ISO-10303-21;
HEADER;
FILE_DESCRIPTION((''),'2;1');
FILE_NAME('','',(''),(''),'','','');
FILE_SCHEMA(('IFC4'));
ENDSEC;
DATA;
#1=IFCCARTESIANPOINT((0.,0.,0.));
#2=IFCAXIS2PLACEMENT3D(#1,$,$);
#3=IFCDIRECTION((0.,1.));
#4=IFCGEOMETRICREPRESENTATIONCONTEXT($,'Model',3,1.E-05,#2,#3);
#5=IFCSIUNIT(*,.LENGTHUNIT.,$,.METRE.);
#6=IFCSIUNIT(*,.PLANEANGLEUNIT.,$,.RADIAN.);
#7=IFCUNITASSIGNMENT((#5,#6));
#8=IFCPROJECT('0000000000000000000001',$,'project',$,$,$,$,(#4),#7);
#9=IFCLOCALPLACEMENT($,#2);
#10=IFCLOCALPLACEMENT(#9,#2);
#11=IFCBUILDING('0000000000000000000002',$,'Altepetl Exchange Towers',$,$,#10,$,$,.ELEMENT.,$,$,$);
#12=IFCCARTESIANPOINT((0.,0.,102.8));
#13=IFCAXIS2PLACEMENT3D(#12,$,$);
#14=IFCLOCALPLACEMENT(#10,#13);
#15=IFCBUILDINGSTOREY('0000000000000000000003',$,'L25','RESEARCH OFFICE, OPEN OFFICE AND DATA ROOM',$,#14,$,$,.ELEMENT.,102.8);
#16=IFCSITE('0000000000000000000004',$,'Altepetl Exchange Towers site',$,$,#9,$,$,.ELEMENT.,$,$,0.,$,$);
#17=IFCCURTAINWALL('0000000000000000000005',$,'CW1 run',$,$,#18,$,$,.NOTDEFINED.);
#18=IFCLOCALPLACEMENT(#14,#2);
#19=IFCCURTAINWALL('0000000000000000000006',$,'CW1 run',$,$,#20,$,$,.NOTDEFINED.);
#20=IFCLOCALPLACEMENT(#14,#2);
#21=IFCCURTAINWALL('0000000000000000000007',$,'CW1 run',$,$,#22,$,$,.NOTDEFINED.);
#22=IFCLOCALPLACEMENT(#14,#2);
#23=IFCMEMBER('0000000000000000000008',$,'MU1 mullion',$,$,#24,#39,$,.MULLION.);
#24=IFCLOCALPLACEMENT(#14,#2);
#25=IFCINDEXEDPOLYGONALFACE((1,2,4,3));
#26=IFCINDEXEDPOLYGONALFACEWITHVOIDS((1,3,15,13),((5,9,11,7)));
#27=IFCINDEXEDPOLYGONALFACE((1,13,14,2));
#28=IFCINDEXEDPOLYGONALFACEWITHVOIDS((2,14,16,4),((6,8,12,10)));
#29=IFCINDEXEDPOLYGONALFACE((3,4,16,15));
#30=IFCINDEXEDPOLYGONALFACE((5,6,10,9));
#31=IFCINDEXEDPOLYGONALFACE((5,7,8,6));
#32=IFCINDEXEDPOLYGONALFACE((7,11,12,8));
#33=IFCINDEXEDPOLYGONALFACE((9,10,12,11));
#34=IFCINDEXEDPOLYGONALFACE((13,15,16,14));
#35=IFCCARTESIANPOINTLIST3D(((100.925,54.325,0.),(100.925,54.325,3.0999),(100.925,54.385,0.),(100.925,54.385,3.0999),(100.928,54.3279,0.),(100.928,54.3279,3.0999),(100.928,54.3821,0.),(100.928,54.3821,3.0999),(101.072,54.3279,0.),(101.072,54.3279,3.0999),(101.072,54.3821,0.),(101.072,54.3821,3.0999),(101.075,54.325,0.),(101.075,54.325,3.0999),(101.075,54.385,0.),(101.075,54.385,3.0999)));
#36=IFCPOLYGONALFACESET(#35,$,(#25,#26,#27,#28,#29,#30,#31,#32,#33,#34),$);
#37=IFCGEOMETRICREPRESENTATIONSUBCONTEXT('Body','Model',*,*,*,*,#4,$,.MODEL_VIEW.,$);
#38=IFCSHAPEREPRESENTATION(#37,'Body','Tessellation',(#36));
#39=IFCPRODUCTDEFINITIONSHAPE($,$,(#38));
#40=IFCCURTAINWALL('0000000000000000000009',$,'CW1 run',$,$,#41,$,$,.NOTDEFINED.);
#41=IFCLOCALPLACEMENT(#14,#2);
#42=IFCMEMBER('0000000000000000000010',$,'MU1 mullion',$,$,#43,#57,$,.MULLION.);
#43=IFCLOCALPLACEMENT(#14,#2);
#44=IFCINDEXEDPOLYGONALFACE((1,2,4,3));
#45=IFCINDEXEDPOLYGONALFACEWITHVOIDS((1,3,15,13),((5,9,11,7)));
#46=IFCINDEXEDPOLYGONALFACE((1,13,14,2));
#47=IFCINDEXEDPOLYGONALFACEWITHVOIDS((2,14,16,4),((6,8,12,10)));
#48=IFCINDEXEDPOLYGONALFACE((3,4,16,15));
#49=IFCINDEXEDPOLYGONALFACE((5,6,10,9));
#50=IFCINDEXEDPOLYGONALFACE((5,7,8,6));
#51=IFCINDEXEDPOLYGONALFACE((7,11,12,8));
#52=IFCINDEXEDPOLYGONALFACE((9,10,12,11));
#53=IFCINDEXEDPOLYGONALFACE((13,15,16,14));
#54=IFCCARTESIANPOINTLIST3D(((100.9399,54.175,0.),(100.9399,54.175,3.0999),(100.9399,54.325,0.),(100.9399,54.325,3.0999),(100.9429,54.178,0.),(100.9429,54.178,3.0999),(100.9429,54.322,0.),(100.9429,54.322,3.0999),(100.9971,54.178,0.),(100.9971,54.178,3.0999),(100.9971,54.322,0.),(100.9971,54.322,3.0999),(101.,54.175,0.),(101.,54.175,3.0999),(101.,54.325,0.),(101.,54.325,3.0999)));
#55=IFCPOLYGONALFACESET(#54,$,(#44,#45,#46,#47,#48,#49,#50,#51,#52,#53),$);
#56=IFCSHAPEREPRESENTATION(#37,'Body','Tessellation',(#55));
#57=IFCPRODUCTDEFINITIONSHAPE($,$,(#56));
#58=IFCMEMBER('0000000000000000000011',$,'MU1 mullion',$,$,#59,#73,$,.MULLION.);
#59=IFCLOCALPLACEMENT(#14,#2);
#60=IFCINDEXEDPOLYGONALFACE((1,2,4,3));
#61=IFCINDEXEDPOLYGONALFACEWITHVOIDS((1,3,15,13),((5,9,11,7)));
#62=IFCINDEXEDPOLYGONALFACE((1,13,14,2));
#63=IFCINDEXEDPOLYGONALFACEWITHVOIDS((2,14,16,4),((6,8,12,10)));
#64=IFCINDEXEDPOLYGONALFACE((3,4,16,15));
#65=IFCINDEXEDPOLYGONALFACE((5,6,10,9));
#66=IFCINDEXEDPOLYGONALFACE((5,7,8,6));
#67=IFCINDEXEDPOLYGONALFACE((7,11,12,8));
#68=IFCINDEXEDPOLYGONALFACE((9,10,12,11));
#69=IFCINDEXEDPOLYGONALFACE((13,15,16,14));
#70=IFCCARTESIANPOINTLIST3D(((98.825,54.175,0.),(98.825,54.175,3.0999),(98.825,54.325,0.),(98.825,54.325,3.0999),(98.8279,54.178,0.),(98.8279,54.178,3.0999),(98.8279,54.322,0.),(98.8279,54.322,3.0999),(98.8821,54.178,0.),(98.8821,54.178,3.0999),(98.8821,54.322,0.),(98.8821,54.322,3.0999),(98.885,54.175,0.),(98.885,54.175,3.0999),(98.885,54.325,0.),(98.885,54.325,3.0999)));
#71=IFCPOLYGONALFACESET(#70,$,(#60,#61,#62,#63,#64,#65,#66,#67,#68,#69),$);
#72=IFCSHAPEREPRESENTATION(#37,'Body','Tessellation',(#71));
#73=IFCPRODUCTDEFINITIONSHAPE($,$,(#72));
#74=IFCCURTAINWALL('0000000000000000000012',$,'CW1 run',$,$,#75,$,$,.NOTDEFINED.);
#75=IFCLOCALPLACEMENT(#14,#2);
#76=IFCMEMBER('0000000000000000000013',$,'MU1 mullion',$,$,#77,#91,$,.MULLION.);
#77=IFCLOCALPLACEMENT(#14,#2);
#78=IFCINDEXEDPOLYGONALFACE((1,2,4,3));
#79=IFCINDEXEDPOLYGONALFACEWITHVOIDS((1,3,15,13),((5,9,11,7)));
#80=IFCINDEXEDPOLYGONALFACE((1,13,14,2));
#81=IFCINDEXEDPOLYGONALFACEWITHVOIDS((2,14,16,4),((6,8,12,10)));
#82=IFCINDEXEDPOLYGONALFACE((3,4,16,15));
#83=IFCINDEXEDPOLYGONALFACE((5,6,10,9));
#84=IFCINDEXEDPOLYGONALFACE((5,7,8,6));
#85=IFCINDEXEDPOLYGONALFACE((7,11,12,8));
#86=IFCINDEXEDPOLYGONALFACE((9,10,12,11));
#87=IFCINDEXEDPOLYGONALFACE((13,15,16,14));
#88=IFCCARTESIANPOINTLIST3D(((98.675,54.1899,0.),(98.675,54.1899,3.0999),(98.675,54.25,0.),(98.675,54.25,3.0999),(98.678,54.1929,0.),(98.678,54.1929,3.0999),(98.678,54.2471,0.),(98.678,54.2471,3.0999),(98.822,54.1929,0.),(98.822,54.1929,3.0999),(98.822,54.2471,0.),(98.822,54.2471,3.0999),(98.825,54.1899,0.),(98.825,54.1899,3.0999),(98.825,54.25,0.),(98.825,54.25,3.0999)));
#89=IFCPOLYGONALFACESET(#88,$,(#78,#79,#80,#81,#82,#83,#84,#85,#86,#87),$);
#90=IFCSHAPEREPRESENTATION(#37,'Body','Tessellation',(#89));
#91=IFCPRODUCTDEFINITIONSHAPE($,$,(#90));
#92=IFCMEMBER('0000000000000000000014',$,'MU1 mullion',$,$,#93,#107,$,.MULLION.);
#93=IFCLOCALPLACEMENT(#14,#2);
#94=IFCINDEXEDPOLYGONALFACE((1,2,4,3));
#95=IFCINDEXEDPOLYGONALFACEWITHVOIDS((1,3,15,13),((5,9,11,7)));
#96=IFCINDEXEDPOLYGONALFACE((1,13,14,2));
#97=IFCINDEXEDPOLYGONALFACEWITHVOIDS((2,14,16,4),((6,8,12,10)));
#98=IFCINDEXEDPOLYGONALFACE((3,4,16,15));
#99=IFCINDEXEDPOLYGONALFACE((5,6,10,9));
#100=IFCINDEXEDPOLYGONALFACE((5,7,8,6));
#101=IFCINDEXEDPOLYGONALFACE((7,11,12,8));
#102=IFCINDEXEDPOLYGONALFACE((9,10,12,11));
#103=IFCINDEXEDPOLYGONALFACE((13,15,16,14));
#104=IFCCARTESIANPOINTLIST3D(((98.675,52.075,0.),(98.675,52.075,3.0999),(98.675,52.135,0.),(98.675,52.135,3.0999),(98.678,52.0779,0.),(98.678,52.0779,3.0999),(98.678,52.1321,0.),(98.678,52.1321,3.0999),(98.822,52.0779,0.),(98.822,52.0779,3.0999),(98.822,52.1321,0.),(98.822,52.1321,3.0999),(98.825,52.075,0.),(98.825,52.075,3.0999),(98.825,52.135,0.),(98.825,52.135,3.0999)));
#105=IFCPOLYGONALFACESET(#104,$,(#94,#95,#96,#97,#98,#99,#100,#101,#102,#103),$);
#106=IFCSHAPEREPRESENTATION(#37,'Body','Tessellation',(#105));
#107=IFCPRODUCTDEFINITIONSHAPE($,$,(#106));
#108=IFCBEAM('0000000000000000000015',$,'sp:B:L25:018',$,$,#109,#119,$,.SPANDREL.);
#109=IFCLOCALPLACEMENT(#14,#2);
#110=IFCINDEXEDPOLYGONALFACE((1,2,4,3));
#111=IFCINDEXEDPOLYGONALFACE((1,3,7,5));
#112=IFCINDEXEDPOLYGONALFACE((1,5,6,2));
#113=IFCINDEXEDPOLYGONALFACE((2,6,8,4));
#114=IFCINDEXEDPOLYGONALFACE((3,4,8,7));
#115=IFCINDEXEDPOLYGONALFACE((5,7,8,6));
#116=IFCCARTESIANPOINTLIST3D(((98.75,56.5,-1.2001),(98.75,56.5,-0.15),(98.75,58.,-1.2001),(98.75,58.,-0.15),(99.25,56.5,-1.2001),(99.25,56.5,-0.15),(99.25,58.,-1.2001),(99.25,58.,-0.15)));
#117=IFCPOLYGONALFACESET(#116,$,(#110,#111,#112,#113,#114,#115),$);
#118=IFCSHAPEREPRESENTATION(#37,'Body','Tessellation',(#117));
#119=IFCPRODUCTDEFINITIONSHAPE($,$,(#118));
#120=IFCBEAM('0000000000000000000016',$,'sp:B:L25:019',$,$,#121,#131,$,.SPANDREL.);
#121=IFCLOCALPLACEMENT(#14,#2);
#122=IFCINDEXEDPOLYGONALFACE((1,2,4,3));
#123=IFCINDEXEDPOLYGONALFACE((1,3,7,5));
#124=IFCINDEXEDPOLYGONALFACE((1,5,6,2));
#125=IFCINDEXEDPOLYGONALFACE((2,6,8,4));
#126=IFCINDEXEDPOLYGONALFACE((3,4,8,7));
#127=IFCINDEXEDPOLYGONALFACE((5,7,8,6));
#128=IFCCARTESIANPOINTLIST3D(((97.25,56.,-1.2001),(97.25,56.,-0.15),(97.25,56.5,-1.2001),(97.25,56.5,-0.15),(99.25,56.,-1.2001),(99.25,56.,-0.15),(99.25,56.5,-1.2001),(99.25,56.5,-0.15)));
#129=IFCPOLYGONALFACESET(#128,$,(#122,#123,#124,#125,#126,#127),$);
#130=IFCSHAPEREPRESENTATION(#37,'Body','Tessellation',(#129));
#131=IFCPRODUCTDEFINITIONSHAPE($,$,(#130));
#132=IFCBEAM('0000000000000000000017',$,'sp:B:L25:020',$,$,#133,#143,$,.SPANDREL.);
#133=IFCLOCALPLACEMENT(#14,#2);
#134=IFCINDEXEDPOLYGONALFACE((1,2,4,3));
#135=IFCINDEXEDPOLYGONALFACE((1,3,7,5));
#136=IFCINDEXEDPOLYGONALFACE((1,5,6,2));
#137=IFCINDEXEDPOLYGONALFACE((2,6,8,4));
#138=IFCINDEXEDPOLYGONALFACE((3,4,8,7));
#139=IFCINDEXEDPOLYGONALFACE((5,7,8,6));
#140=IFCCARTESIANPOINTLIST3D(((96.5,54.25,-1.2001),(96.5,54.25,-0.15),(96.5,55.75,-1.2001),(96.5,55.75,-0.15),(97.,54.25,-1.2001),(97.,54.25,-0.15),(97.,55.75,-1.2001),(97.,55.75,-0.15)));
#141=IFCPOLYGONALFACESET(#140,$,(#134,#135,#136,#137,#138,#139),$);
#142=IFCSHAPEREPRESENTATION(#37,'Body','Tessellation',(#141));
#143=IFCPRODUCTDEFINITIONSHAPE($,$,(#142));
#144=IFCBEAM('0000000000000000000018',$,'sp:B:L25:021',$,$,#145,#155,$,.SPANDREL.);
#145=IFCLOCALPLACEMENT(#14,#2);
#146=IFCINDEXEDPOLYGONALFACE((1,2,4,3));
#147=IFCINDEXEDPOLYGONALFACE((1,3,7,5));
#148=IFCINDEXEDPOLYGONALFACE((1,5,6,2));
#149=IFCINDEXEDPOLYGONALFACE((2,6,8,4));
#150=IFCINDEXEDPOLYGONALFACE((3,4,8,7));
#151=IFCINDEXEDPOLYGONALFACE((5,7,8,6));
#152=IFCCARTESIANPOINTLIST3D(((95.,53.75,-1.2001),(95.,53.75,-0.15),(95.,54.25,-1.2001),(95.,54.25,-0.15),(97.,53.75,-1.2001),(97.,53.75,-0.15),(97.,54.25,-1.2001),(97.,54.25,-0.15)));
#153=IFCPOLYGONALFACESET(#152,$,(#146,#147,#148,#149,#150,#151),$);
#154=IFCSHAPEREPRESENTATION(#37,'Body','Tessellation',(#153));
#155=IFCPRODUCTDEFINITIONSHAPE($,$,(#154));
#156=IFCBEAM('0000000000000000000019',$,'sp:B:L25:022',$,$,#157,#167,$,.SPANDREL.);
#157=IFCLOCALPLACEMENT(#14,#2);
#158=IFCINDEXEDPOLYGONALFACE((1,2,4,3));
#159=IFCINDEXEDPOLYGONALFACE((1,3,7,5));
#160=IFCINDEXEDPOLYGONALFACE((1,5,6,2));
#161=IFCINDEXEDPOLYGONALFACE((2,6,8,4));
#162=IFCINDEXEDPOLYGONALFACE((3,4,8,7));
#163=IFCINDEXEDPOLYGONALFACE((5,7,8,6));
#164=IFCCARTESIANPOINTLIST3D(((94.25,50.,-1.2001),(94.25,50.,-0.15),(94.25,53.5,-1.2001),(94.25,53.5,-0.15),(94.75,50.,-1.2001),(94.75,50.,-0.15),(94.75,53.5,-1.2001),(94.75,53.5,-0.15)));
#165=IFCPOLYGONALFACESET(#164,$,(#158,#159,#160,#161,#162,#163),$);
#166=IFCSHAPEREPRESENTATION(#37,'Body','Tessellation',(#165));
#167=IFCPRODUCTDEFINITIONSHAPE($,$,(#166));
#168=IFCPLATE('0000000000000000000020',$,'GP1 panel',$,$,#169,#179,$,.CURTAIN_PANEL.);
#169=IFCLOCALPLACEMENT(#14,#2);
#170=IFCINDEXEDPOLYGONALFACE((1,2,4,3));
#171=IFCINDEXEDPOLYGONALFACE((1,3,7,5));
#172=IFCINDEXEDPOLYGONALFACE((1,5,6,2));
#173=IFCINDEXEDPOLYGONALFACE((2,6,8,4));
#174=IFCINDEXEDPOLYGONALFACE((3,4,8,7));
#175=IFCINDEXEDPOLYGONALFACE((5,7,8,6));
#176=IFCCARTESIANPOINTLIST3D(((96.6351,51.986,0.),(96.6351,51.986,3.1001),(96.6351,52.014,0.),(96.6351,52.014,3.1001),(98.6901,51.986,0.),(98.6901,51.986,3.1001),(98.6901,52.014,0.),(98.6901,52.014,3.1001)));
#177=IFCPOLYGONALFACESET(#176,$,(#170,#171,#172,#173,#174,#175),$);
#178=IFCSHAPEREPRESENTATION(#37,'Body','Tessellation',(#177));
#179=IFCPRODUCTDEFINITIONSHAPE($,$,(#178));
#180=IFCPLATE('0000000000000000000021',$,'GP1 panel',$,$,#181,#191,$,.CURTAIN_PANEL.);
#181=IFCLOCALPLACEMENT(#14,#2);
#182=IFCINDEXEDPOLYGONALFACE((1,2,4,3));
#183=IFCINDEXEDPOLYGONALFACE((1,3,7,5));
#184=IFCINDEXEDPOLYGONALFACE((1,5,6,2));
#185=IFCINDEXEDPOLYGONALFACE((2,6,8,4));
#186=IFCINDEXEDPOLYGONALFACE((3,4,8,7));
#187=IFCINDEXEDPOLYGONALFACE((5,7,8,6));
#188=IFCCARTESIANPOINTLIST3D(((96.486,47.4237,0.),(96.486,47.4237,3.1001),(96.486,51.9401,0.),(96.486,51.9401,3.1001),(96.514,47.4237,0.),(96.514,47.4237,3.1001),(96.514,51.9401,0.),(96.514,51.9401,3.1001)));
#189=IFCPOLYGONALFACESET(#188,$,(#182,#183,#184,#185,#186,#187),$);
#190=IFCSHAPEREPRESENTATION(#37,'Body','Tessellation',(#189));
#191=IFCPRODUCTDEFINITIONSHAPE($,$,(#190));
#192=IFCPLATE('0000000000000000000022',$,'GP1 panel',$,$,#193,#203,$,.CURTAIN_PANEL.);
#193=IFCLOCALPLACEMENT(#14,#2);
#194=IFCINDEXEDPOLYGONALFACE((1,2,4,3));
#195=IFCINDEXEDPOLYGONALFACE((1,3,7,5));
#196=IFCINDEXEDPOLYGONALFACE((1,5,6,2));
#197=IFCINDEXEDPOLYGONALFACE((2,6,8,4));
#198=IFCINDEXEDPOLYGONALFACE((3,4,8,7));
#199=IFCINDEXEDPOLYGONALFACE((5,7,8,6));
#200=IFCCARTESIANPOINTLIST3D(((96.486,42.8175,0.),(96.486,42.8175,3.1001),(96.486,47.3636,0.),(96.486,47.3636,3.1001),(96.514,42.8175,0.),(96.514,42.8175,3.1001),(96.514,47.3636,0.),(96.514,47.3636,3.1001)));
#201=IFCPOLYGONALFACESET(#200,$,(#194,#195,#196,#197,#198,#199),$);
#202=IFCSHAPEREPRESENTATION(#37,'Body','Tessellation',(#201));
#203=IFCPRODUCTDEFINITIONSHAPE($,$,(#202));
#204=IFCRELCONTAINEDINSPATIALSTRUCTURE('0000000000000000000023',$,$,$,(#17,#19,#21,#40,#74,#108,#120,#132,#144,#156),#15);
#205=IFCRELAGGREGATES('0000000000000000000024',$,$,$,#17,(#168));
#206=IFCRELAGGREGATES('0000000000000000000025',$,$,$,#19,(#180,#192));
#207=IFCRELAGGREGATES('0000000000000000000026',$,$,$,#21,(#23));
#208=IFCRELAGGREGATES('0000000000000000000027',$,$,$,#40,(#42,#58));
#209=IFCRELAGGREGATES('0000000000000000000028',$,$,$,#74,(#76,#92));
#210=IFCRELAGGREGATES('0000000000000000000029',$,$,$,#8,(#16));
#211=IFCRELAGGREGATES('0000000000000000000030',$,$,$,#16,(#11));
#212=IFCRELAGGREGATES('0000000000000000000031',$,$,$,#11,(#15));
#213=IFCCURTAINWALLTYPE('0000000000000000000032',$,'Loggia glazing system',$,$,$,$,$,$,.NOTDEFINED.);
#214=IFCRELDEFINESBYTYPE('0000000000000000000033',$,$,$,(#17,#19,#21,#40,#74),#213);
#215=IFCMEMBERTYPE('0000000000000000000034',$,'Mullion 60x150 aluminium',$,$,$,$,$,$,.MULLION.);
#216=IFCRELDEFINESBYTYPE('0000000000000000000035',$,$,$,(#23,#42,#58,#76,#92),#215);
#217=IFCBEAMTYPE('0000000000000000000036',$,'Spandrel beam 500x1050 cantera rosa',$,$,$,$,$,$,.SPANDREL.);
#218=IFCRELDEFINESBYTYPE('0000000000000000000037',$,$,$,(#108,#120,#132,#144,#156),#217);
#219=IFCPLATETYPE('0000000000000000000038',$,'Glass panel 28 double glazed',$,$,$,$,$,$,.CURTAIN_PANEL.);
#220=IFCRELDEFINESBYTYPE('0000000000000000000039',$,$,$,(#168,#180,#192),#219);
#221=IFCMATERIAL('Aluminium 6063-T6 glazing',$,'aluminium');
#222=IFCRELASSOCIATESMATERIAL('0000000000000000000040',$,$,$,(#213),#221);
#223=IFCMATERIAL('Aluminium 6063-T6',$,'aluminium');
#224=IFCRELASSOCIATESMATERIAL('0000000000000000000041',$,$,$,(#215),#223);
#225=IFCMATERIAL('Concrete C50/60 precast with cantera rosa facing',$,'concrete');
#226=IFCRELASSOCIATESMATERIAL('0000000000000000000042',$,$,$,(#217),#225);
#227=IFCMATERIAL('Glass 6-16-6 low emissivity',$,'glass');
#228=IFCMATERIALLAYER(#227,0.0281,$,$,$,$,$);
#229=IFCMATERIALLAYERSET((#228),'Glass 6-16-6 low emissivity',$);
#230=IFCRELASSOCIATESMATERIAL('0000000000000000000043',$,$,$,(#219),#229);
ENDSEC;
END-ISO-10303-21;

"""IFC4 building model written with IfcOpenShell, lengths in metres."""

from ifc_helpers import new_model, si_unit, direction, frame, origin, origin_2d, place, context, subcontext, project, spatial, rectangle, hollow_rectangle, extrude, material, layer, layer_set, material_profile, profile_set, type_object, element, aggregate, save


model = new_model("IFC4")

# Units and contexts
model_context = context("Model", 3, precision=1e-05, world=origin(), true_north=direction((0.0, 1.0)))
body_context = subcontext(model_context, "Body", "Model", "MODEL_VIEW")
ifc_project = project(units=[si_unit("LENGTHUNIT", "METRE"), si_unit("PLANEANGLEUNIT", "RADIAN")], contexts=[model_context])

# Site, building, storey
site_placement = place(None, origin())
site = spatial("IfcSite", under=ifc_project, at=site_placement, Name="Altepetl Exchange Towers site", CompositionType="ELEMENT", RefElevation=0.0)
building_placement = place(site_placement, origin())
building = spatial("IfcBuilding", under=site, at=building_placement, Name="Altepetl Exchange Towers", CompositionType="ELEMENT")
storey_placement = place(building_placement, frame((0.0, 0.0, 102.8)))
storey = spatial("IfcBuildingStorey", under=building, at=storey_placement, Name="L25", Description="RESEARCH OFFICE, OPEN OFFICE AND DATA ROOM", CompositionType="ELEMENT", Elevation=102.8)

# Curtain walls, members
ifc_material_1 = material(Name="Aluminium 6063-T6 glazing", Category="aluminium")
curtain_wall_type = type_object("IfcCurtainWallType", Name="Loggia glazing system", PredefinedType="NOTDEFINED", material=ifc_material_1)
curtain_wall_1_placement = place(storey_placement, origin())
curtain_wall_1 = element("IfcCurtainWall", 1, at=curtain_wall_1_placement, inside=storey, type_object=curtain_wall_type, Name="CW1 run", PredefinedType="NOTDEFINED")
ifc_material_2 = material(Name="Aluminium 6063-T6", Category="aluminium")
ifc_material_profile_1 = material_profile(ifc_material_2, hollow_rectangle(XDim=0.0601, YDim=0.1499, WallThickness=0.0029, at=origin_2d()), Name="Mullion 60x150 aluminium")
ifc_profile_set_1 = profile_set([ifc_material_profile_1], Name="Aluminium 6063-T6")
member_type = type_object("IfcMemberType", Name="Mullion 60x150 aluminium", PredefinedType="MULLION", material=ifc_profile_set_1)
curtain_wall_2_placement = place(storey_placement, origin())
curtain_wall_2 = element("IfcCurtainWall", 2, at=curtain_wall_2_placement, inside=storey, type_object=curtain_wall_type, Name="CW1 run", PredefinedType="NOTDEFINED")
curtain_wall_3_placement = place(storey_placement, origin())
curtain_wall_3 = element("IfcCurtainWall", 3, at=curtain_wall_3_placement, inside=storey, type_object=curtain_wall_type, Name="CW1 run", PredefinedType="NOTDEFINED")
member_1_placement = place(storey_placement, frame((101.0, 54.355, 0.0), z_axis=(0.0, 0.0, 1.0), x_axis=(0.0, -1.0, 0.0)))
member_1 = element("IfcMember", 4, at=member_1_placement, type_object=member_type, Name="MU1 mullion", PredefinedType="MULLION", context=body_context, shape_type="SweptSolid", body=[
    extrude(hollow_rectangle(XDim=0.0601, YDim=0.1499, WallThickness=0.0029, at=origin_2d()), origin(), (0.0, 0.0, 1.0), 3.0999),
])
curtain_wall_4_placement = place(storey_placement, origin())
curtain_wall_4 = element("IfcCurtainWall", 5, at=curtain_wall_4_placement, inside=storey, type_object=curtain_wall_type, Name="CW1 run", PredefinedType="NOTDEFINED")
member_2_placement = place(storey_placement, frame((100.97, 54.25, 0.0), z_axis=(0.0, 0.0, 1.0), x_axis=(-1.0, 0.0, 0.0)))
member_2 = element("IfcMember", 6, at=member_2_placement, type_object=member_type, Name="MU1 mullion", PredefinedType="MULLION", context=body_context, shape_type="SweptSolid", body=[
    extrude(hollow_rectangle(XDim=0.0601, YDim=0.1499, WallThickness=0.0029, at=origin_2d()), origin(), (0.0, 0.0, 1.0), 3.0999),
])
member_3_placement = place(storey_placement, frame((98.855, 54.25, 0.0), z_axis=(0.0, 0.0, 1.0), x_axis=(-1.0, 0.0, 0.0)))
member_3 = element("IfcMember", 7, at=member_3_placement, type_object=member_type, Name="MU1 mullion", PredefinedType="MULLION", context=body_context, shape_type="SweptSolid", body=[
    extrude(hollow_rectangle(XDim=0.0601, YDim=0.1499, WallThickness=0.0029, at=origin_2d()), origin(), (0.0, 0.0, 1.0), 3.0999),
])
curtain_wall_5_placement = place(storey_placement, origin())
curtain_wall_5 = element("IfcCurtainWall", 8, at=curtain_wall_5_placement, inside=storey, type_object=curtain_wall_type, Name="CW1 run", PredefinedType="NOTDEFINED")
member_4_placement = place(storey_placement, frame((98.75, 54.22, 0.0), z_axis=(0.0, 0.0, 1.0), x_axis=(0.0, -1.0, 0.0)))
member_4 = element("IfcMember", 9, at=member_4_placement, type_object=member_type, Name="MU1 mullion", PredefinedType="MULLION", context=body_context, shape_type="SweptSolid", body=[
    extrude(hollow_rectangle(XDim=0.0601, YDim=0.1499, WallThickness=0.0029, at=origin_2d()), origin(), (0.0, 0.0, 1.0), 3.0999),
])
member_5_placement = place(storey_placement, frame((98.75, 52.105, 0.0), z_axis=(0.0, 0.0, 1.0), x_axis=(0.0, -1.0, 0.0)))
member_5 = element("IfcMember", 10, at=member_5_placement, type_object=member_type, Name="MU1 mullion", PredefinedType="MULLION", context=body_context, shape_type="SweptSolid", body=[
    extrude(hollow_rectangle(XDim=0.0601, YDim=0.1499, WallThickness=0.0029, at=origin_2d()), origin(), (0.0, 0.0, 1.0), 3.0999),
])

# Beams
ifc_material_3 = material(Name="Concrete C50/60 precast with cantera rosa facing", Category="concrete")
ifc_material_profile_2 = material_profile(ifc_material_3, rectangle(XDim=0.5, YDim=1.05, at=origin_2d()), Name="500 x 1050")
ifc_profile_set_2 = profile_set([ifc_material_profile_2], Name="Concrete C50/60 precast with cantera rosa facing")
beam_type_1 = type_object("IfcBeamType", Name="Spandrel beam 500x1050 cantera rosa", PredefinedType="SPANDREL", material=ifc_profile_set_2)
beam_1_placement = place(storey_placement, frame((99.0, 58.0, -0.675), z_axis=(0.0, -1.0, 0.0), x_axis=(1.0, 0.0, 0.0)))
element("IfcBeam", 11, at=beam_1_placement, inside=storey, type_object=beam_type_1, Name="sp:B:L25:018", PredefinedType="SPANDREL", context=body_context, shape_type="SweptSolid", body=[
    extrude(rectangle(XDim=0.5, YDim=1.05, at=origin_2d()), origin(), (0.0, 0.0, 1.0), 1.5),
])
beam_2_placement = place(storey_placement, frame((99.25, 56.25, -0.675), z_axis=(-1.0, 0.0, 0.0), x_axis=(0.0, -1.0, 0.0)))
element("IfcBeam", 12, at=beam_2_placement, inside=storey, type_object=beam_type_1, Name="sp:B:L25:019", PredefinedType="SPANDREL", context=body_context, shape_type="SweptSolid", body=[
    extrude(rectangle(XDim=0.5, YDim=1.05, at=origin_2d()), origin(), (0.0, 0.0, 1.0), 2.0),
])
beam_3_placement = place(storey_placement, frame((96.75, 55.75, -0.675), z_axis=(0.0, -1.0, 0.0), x_axis=(1.0, 0.0, 0.0)))
element("IfcBeam", 13, at=beam_3_placement, inside=storey, type_object=beam_type_1, Name="sp:B:L25:020", PredefinedType="SPANDREL", context=body_context, shape_type="SweptSolid", body=[
    extrude(rectangle(XDim=0.5, YDim=1.05, at=origin_2d()), origin(), (0.0, 0.0, 1.0), 1.5),
])
beam_4_placement = place(storey_placement, frame((97.0, 54.0, -0.675), z_axis=(-1.0, 0.0, 0.0), x_axis=(0.0, -1.0, 0.0)))
element("IfcBeam", 14, at=beam_4_placement, inside=storey, type_object=beam_type_1, Name="sp:B:L25:021", PredefinedType="SPANDREL", context=body_context, shape_type="SweptSolid", body=[
    extrude(rectangle(XDim=0.5, YDim=1.05, at=origin_2d()), origin(), (0.0, 0.0, 1.0), 2.0),
])
beam_5_placement = place(storey_placement, frame((94.5, 53.5, -0.675), z_axis=(0.0, -1.0, 0.0), x_axis=(1.0, 0.0, 0.0)))
element("IfcBeam", 15, at=beam_5_placement, inside=storey, type_object=beam_type_1, Name="sp:B:L25:022", PredefinedType="SPANDREL", context=body_context, shape_type="SweptSolid", body=[
    extrude(rectangle(XDim=0.5, YDim=1.05, at=origin_2d()), origin(), (0.0, 0.0, 1.0), 3.5),
])

# Plates
ifc_material_4 = material(Name="Glass 6-16-6 low emissivity", Category="glass")
ifc_layer_1 = layer(ifc_material_4, 0.0281)
ifc_layer_set_1 = layer_set([ifc_layer_1], Name="Glass 6-16-6 low emissivity")
plate_type = type_object("IfcPlateType", Name="Glass panel 28 double glazed", PredefinedType="CURTAIN_PANEL", material=ifc_layer_set_1)
plate_1_placement = place(storey_placement, frame((97.6626, 52.0, 0.0), z_axis=(0.0, 0.0, 1.0), x_axis=(-1.0, 0.0, 0.0)))
plate_1 = element("IfcPlate", 16, at=plate_1_placement, type_object=plate_type, Name="GP1 panel", PredefinedType="CURTAIN_PANEL", context=body_context, shape_type="SweptSolid", body=[
    extrude(rectangle(XDim=2.0549, YDim=0.0281, at=origin_2d()), origin(), (0.0, 0.0, 1.0), 3.1001),
])
aggregate(curtain_wall_1, [plate_1])
plate_2_placement = place(storey_placement, frame((96.5, 49.6819, 0.0), z_axis=(0.0, 0.0, 1.0), x_axis=(0.0, -1.0, 0.0)))
plate_2 = element("IfcPlate", 17, at=plate_2_placement, type_object=plate_type, Name="GP1 panel", PredefinedType="CURTAIN_PANEL", context=body_context, shape_type="SweptSolid", body=[
    extrude(rectangle(XDim=4.5164, YDim=0.0281, at=origin_2d()), origin(), (0.0, 0.0, 1.0), 3.1001),
])
plate_3_placement = place(storey_placement, frame((96.5, 45.0906, 0.0), z_axis=(0.0, 0.0, 1.0), x_axis=(0.0, -1.0, 0.0)))
plate_3 = element("IfcPlate", 18, at=plate_3_placement, type_object=plate_type, Name="GP1 panel", PredefinedType="CURTAIN_PANEL", context=body_context, shape_type="SweptSolid", body=[
    extrude(rectangle(XDim=4.5461, YDim=0.0281, at=origin_2d()), origin(), (0.0, 0.0, 1.0), 3.1001),
])
aggregate(curtain_wall_2, [plate_2, plate_3])
aggregate(curtain_wall_3, [member_1])
aggregate(curtain_wall_4, [member_2, member_3])
aggregate(curtain_wall_5, [member_4, member_5])

save(model, "model.ifc")
